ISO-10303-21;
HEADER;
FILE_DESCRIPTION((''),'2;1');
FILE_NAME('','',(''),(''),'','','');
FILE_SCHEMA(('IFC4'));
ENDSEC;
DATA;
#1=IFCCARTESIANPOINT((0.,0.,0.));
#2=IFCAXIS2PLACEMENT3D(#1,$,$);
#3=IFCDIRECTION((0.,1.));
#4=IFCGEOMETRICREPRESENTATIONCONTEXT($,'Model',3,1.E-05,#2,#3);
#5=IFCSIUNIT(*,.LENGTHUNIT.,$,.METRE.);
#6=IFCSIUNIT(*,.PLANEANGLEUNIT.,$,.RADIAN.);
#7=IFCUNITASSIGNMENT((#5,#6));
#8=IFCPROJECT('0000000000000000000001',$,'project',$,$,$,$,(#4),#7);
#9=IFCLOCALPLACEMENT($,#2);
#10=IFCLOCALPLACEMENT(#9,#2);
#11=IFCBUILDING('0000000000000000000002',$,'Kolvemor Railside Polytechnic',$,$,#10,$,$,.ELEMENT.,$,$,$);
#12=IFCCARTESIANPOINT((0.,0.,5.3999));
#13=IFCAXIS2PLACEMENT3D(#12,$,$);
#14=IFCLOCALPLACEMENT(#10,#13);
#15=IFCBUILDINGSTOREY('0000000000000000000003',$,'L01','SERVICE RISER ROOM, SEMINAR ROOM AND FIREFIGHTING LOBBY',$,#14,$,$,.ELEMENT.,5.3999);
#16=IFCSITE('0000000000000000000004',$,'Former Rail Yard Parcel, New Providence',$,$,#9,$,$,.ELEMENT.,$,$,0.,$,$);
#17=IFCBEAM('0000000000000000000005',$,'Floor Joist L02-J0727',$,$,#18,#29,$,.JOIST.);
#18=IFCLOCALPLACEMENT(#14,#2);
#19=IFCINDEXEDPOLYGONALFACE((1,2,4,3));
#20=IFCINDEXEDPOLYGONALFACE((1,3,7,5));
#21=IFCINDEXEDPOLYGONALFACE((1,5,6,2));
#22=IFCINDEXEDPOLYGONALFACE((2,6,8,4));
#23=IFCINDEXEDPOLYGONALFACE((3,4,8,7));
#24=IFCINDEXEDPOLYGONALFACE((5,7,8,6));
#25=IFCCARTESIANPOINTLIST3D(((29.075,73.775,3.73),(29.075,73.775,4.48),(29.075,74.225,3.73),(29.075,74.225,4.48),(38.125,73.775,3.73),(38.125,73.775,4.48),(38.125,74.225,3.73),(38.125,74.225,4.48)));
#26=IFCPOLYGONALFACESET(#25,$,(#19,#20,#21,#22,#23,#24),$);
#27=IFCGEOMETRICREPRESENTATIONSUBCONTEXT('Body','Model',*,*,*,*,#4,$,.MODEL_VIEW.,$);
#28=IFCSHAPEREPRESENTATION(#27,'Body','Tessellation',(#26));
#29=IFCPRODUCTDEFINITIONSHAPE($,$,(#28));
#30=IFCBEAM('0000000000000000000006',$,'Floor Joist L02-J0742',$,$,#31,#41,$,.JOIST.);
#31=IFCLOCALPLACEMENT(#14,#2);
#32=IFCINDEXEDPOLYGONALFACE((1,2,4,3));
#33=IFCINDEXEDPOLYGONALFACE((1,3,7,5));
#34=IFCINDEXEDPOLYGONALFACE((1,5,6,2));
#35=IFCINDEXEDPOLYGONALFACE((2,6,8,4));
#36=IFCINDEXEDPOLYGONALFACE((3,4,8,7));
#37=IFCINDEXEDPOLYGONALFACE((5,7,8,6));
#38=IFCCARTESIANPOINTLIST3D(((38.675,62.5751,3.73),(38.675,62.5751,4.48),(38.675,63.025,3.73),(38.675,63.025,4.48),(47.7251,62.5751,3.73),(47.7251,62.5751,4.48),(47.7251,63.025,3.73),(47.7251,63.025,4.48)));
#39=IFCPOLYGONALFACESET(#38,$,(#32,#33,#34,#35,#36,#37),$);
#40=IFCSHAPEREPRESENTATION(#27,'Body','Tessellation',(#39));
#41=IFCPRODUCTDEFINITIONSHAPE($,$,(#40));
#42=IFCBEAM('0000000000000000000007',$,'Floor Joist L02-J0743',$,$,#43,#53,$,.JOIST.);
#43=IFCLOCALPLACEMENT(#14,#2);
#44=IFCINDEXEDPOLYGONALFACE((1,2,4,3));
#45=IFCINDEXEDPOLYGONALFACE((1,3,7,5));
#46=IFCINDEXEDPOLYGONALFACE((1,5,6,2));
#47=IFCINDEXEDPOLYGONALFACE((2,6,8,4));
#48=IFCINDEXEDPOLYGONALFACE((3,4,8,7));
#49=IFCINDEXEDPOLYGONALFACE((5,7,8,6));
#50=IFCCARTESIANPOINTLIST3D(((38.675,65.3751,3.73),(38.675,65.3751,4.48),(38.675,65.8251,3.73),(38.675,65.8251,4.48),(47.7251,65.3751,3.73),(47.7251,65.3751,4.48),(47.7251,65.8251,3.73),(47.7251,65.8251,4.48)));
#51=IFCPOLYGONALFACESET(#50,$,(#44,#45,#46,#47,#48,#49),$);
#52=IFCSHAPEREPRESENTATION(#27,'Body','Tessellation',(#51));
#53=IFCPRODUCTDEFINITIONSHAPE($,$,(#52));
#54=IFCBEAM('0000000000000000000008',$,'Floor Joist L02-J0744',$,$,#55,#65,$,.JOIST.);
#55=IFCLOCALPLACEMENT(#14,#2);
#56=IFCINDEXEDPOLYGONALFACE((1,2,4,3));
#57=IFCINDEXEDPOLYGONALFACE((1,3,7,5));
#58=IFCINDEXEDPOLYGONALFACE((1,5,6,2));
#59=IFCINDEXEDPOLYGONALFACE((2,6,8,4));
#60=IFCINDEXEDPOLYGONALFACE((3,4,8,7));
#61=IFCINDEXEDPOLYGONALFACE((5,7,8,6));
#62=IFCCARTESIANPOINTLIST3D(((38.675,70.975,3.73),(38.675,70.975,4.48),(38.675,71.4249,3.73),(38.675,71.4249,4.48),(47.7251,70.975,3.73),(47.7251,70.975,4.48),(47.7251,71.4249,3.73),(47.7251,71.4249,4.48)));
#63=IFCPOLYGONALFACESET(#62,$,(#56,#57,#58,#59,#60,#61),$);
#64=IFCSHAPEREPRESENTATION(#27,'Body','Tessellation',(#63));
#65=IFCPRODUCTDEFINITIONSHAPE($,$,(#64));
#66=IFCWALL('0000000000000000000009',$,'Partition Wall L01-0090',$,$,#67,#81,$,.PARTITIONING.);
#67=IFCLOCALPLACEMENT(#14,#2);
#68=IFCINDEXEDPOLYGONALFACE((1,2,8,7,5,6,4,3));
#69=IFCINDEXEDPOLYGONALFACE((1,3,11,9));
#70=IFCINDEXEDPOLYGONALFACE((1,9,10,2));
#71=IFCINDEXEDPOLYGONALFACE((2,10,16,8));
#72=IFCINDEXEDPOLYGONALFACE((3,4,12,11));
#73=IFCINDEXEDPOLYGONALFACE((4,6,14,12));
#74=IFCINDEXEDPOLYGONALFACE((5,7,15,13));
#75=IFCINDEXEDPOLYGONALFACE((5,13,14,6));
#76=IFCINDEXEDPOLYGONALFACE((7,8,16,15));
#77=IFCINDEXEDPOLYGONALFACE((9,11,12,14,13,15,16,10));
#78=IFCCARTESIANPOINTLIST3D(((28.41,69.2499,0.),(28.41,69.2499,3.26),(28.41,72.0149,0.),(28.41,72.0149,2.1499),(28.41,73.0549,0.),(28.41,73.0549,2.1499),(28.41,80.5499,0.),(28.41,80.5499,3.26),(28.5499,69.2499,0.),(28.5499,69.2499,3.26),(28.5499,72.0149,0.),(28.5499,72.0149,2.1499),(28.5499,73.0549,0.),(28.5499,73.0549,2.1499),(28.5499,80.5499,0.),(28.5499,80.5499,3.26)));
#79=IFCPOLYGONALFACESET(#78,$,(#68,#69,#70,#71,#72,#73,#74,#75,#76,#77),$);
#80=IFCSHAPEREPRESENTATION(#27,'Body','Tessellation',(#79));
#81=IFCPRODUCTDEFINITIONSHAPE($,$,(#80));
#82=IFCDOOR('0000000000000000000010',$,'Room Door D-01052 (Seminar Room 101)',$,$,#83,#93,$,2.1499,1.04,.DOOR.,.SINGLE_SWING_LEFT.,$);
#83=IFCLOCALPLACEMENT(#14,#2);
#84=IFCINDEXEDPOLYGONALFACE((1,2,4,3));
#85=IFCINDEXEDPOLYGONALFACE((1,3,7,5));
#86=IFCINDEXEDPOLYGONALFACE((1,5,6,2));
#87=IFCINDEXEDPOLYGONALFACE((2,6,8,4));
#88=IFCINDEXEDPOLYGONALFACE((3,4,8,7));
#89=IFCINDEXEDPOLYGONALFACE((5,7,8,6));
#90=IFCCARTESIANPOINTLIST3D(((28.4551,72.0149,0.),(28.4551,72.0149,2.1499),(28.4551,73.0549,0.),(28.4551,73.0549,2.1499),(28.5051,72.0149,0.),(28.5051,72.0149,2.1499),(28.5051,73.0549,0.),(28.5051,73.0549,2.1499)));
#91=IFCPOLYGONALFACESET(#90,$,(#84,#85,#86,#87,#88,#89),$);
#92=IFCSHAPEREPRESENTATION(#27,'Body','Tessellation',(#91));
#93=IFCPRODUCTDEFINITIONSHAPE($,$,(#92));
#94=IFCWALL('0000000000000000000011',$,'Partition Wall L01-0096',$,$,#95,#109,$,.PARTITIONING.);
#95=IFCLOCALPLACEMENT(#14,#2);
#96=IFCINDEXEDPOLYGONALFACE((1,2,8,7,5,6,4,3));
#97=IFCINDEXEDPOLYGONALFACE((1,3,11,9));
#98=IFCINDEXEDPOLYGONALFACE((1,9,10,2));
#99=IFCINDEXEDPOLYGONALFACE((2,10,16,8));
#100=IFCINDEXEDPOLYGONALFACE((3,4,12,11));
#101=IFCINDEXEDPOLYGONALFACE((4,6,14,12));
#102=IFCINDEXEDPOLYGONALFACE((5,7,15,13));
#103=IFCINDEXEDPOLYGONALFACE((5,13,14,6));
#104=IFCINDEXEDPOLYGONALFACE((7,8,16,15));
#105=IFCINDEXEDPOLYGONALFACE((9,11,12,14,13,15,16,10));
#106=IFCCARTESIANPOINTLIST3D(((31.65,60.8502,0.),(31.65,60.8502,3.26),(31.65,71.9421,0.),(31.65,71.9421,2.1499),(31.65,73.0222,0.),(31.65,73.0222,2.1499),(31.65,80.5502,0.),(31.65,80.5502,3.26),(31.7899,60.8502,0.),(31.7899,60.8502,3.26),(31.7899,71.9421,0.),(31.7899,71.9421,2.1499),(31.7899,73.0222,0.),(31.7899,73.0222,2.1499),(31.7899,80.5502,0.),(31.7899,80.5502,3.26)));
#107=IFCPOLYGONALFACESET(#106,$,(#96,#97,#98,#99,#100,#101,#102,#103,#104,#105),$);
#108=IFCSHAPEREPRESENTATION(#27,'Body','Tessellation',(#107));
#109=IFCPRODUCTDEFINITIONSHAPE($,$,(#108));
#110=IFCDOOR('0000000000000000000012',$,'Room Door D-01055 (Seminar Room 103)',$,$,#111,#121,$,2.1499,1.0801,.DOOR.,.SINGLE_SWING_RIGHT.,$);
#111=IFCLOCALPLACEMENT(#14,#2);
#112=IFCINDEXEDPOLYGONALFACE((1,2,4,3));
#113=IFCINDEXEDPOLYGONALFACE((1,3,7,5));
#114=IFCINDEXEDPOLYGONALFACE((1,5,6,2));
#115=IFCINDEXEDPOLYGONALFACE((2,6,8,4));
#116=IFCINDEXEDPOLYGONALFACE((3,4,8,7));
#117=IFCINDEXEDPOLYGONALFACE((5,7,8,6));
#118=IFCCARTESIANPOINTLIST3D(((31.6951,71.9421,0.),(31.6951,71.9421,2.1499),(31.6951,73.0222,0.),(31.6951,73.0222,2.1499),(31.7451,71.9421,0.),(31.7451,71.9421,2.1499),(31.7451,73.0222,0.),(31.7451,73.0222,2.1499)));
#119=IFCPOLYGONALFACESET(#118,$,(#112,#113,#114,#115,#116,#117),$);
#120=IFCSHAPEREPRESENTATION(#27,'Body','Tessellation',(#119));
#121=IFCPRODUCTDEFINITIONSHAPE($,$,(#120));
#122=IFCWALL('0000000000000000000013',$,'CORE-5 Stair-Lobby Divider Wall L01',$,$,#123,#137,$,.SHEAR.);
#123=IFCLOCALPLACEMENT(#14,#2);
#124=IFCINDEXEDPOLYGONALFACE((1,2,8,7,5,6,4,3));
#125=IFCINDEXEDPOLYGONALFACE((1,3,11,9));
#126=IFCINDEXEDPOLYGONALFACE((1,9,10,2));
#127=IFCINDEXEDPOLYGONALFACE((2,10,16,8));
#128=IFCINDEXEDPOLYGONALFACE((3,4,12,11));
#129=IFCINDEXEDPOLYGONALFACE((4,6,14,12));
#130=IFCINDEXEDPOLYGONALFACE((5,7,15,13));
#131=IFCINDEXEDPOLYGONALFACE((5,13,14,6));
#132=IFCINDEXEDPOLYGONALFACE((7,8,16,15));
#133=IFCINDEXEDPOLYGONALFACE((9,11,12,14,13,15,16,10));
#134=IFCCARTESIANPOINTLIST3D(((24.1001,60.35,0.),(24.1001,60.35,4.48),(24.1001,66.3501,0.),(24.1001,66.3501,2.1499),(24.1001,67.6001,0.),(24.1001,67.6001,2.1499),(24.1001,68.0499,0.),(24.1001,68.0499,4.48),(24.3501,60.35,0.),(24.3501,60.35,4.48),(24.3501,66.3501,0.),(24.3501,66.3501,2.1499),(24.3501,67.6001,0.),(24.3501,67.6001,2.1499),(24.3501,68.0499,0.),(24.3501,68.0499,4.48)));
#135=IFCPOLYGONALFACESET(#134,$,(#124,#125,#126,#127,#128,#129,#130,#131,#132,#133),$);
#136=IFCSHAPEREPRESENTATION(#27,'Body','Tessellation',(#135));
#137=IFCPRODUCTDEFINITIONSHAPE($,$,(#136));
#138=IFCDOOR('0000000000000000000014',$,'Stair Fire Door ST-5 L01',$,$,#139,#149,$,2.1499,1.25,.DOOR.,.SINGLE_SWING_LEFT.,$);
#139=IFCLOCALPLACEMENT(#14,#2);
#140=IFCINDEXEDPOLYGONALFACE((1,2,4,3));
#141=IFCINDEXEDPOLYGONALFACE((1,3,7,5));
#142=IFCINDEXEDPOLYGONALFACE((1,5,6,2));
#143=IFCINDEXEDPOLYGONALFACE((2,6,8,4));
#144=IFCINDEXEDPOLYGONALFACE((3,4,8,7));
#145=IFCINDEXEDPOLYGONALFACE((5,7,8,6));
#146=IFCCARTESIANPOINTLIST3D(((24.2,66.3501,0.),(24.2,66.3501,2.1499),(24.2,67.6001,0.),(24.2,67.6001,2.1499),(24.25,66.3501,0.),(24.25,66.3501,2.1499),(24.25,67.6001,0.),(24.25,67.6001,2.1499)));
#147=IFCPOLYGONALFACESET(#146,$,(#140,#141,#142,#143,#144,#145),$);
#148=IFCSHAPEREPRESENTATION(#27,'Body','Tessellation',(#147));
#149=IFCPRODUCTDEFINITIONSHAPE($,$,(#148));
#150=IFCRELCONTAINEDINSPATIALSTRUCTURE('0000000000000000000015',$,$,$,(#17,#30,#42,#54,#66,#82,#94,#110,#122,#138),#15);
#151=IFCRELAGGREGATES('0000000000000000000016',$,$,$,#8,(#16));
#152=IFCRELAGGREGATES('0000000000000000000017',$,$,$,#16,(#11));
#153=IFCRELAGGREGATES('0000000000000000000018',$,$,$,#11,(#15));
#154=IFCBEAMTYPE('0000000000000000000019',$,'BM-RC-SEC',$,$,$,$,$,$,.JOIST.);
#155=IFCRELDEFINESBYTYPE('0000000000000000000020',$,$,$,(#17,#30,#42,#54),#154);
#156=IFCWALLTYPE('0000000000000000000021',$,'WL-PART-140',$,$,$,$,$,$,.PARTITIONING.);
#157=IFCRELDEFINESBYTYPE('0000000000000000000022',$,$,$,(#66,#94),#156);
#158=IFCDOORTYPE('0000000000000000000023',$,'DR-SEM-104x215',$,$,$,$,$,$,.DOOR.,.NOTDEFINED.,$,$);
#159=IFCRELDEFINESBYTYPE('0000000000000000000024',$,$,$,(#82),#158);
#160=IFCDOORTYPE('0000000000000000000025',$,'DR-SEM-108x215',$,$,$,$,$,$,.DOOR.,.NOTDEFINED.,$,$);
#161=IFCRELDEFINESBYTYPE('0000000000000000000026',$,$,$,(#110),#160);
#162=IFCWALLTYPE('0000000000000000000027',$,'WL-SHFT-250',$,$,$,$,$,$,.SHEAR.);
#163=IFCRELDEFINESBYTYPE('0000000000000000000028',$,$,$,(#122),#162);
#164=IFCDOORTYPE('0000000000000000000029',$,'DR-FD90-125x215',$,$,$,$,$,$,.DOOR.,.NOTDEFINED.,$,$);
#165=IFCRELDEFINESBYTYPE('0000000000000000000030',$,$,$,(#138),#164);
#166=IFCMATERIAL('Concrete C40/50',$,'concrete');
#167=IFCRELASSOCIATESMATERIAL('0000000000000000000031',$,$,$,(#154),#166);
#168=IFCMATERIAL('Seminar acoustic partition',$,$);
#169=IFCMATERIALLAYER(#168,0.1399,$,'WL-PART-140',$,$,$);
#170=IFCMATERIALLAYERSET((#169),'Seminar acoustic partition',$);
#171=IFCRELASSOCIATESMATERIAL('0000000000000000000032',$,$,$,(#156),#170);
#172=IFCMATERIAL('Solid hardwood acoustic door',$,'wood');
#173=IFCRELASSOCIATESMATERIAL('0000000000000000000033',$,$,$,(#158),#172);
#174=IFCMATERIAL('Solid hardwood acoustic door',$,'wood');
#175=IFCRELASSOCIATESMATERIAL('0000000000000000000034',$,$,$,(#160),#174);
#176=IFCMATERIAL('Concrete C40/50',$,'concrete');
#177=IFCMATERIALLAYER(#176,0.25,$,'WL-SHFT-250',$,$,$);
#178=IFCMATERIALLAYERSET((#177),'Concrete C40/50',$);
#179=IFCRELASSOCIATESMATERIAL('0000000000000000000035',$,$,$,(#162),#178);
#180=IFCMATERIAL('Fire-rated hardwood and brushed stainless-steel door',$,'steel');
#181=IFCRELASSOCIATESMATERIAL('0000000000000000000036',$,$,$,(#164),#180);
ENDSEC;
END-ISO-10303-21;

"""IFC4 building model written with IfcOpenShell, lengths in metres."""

from ifc_helpers import new_model, si_unit, direction, frame, frame_2d, origin, origin_2d, place, context, subcontext, project, spatial, rectangle, extrude, material, layer, layer_set, material_profile, profile_set, type_object, element, fill, save


model = new_model("IFC4")

# Units and contexts
model_context = context("Model", 3, precision=1e-05, world=origin(), true_north=direction((0.0, 1.0)))
body_context = subcontext(model_context, "Body", "Model", "MODEL_VIEW")
ifc_project = project(units=[si_unit("LENGTHUNIT", "METRE"), si_unit("PLANEANGLEUNIT", "RADIAN")], contexts=[model_context])

# Site, building, storey
site_placement = place(None, origin())
site = spatial("IfcSite", under=ifc_project, at=site_placement, Name="Former Rail Yard Parcel, New Providence", CompositionType="ELEMENT", RefElevation=0.0)
building_placement = place(site_placement, origin())
building = spatial("IfcBuilding", under=site, at=building_placement, Name="Kolvemor Railside Polytechnic", CompositionType="ELEMENT")
storey_placement = place(building_placement, frame((0.0, 0.0, 5.3999)))
storey = spatial("IfcBuildingStorey", under=building, at=storey_placement, Name="L01", Description="SERVICE RISER ROOM, SEMINAR ROOM AND FIREFIGHTING LOBBY", CompositionType="ELEMENT", Elevation=5.3999)

# Beams
ifc_material_1 = material(Name="Concrete C40/50", Category="concrete")
ifc_material_profile_1 = material_profile(ifc_material_1, rectangle(XDim=0.45, YDim=0.75, at=origin_2d()), Name="RC450x750")
ifc_profile_set_1 = profile_set([ifc_material_profile_1], Name="Concrete C40/50")
beam_type_1 = type_object("IfcBeamType", Name="BM-RC-SEC", PredefinedType="JOIST", material=ifc_profile_set_1)
for number, where, z_axis, x_axis, name in (
    (1, (29.075, 74.0, 4.105), (1.0, 0.0, 0.0), (0.0, 1.0, 0.0), "Floor Joist L02-J0727"),
    (2, (38.675, 62.8, 4.105), (1.0, 0.0, 0.0), (0.0, 1.0, 0.0), "Floor Joist L02-J0742"),
    (3, (38.675, 65.6001, 4.105), (1.0, 0.0, 0.0), (0.0, 1.0, 0.0), "Floor Joist L02-J0743"),
    (4, (38.675, 71.2, 4.105), (1.0, 0.0, 0.0), (0.0, 1.0, 0.0), "Floor Joist L02-J0744"),
):
    element("IfcBeam", number, at=place(storey_placement, frame(where, z_axis=z_axis, x_axis=x_axis)), inside=storey, type_object=beam_type_1, Name=name, PredefinedType="JOIST", context=body_context, shape_type="SweptSolid", body=[
        extrude(rectangle(XDim=0.45, YDim=0.75, at=origin_2d()), origin(), (0.0, 0.0, 1.0), 9.05),
    ])

# Walls, openings, doors
ifc_material_2 = material(Name="Seminar acoustic partition")
ifc_layer_1 = layer(ifc_material_2, 0.1399, Name="WL-PART-140")
ifc_layer_set_1 = layer_set([ifc_layer_1], Name="Seminar acoustic partition")
wall_type_1 = type_object("IfcWallType", Name="WL-PART-140", PredefinedType="PARTITIONING", material=ifc_layer_set_1)
wall_1_placement = place(storey_placement, frame((28.48, 69.25, 0.0), z_axis=(0.0, 0.0, 1.0), x_axis=(0.0, 1.0, 0.0)))
wall_1 = element("IfcWall", 5, at=wall_1_placement, inside=storey, type_object=wall_type_1, Name="Partition Wall L01-0090", PredefinedType="PARTITIONING", context=body_context, shape_type="SweptSolid", body=[
    extrude(rectangle(XDim=11.3, YDim=0.1399, at=frame_2d((5.6499, 0.0))), origin(), (0.0, 0.0, 1.0), 3.26),
])
opening_1_placement = place(wall_1_placement, frame((2.7649, 0.0, 0.0)))
opening_1 = element("IfcOpeningElement", 6, at=opening_1_placement, cuts=wall_1, PredefinedType="OPENING", context=body_context, shape_type="SweptSolid", body=[
    extrude(rectangle(XDim=1.04, YDim=2.1499, at=frame_2d((0.52, 1.075))), frame((0.0, 0.0798, 0.0), z_axis=(0.0, -1.0, 0.0), x_axis=(1.0, 0.0, 0.0)), (0.0, 0.0, 1.0), 0.1599),
])
ifc_material_3 = material(Name="Solid hardwood acoustic door", Category="wood")
door_type_1 = type_object("IfcDoorType", Name="DR-SEM-104x215", OperationType="NOTDEFINED", PredefinedType="DOOR", material=ifc_material_3)
door_1_placement = place(opening_1_placement, origin())
door_1 = element("IfcDoor", 7, at=door_1_placement, inside=storey, type_object=door_type_1, Name="Room Door D-01052 (Seminar Room 101)", OperationType="SINGLE_SWING_LEFT", OverallHeight=2.1499, OverallWidth=1.04, PredefinedType="DOOR", context=body_context, shape_type="SweptSolid", body=[
    extrude(rectangle(XDim=1.04, YDim=2.1499, at=frame_2d((0.52, 1.075))), frame((0.0, 0.0249, 0.0), z_axis=(0.0, -1.0, 0.0), x_axis=(1.0, 0.0, 0.0)), (0.0, 0.0, 1.0), 0.05),
])
fill(opening_1, door_1)
wall_2_placement = place(storey_placement, frame((31.72, 60.8501, 0.0), z_axis=(0.0, 0.0, 1.0), x_axis=(0.0, 1.0, 0.0)))
wall_2 = element("IfcWall", 8, at=wall_2_placement, inside=storey, type_object=wall_type_1, Name="Partition Wall L01-0096", PredefinedType="PARTITIONING", context=body_context, shape_type="SweptSolid", body=[
    extrude(rectangle(XDim=19.7, YDim=0.1399, at=frame_2d((9.8501, 0.0))), origin(), (0.0, 0.0, 1.0), 3.26),
])
opening_2_placement = place(wall_2_placement, frame((11.092, 0.0, 0.0)))
opening_2 = element("IfcOpeningElement", 9, at=opening_2_placement, cuts=wall_2, PredefinedType="OPENING", context=body_context, shape_type="SweptSolid", body=[
    extrude(rectangle(XDim=1.0801, YDim=2.1499, at=frame_2d((0.54, 1.075))), frame((0.0, 0.0798, 0.0), z_axis=(0.0, -1.0, 0.0), x_axis=(1.0, 0.0, 0.0)), (0.0, 0.0, 1.0), 0.1599),
])
ifc_material_4 = material(Name="Solid hardwood acoustic door", Category="wood")
door_type_2 = type_object("IfcDoorType", Name="DR-SEM-108x215", OperationType="NOTDEFINED", PredefinedType="DOOR", material=ifc_material_4)
door_2_placement = place(opening_2_placement, origin())
door_2 = element("IfcDoor", 10, at=door_2_placement, inside=storey, type_object=door_type_2, Name="Room Door D-01055 (Seminar Room 103)", OperationType="SINGLE_SWING_RIGHT", OverallHeight=2.1499, OverallWidth=1.0801, PredefinedType="DOOR", context=body_context, shape_type="SweptSolid", body=[
    extrude(rectangle(XDim=1.0801, YDim=2.1499, at=frame_2d((0.54, 1.075))), frame((0.0, 0.0249, 0.0), z_axis=(0.0, -1.0, 0.0), x_axis=(1.0, 0.0, 0.0)), (0.0, 0.0, 1.0), 0.05),
])
fill(opening_2, door_2)
ifc_material_5 = material(Name="Concrete C40/50", Category="concrete")
ifc_layer_2 = layer(ifc_material_5, 0.25, Name="WL-SHFT-250")
ifc_layer_set_2 = layer_set([ifc_layer_2], Name="Concrete C40/50")
wall_type_2 = type_object("IfcWallType", Name="WL-SHFT-250", PredefinedType="SHEAR", material=ifc_layer_set_2)
wall_3_placement = place(storey_placement, frame((24.2251, 68.05, 0.0), z_axis=(0.0, 0.0, 1.0), x_axis=(0.0, -1.0, 0.0)))
wall_3 = element("IfcWall", 11, at=wall_3_placement, inside=storey, type_object=wall_type_2, Name="CORE-5 Stair-Lobby Divider Wall L01", PredefinedType="SHEAR", context=body_context, shape_type="SweptSolid", body=[
    extrude(rectangle(XDim=7.7, YDim=0.25, at=frame_2d((3.8501, 0.0))), origin(), (0.0, 0.0, 1.0), 4.48),
])
opening_3_placement = place(wall_3_placement, frame((0.45, 0.0, 0.0)))
opening_3 = element("IfcOpeningElement", 12, at=opening_3_placement, cuts=wall_3, PredefinedType="OPENING", context=body_context, shape_type="SweptSolid", body=[
    extrude(rectangle(XDim=1.25, YDim=2.1499, at=frame_2d((0.625, 1.075))), frame((0.0, 0.135, 0.0), z_axis=(0.0, -1.0, 0.0), x_axis=(1.0, 0.0, 0.0)), (0.0, 0.0, 1.0), 0.27),
])
ifc_material_6 = material(Name="Fire-rated hardwood and brushed stainless-steel door", Category="steel")
door_type_3 = type_object("IfcDoorType", Name="DR-FD90-125x215", OperationType="NOTDEFINED", PredefinedType="DOOR", material=ifc_material_6)
door_3_placement = place(opening_3_placement, origin())
door_3 = element("IfcDoor", 13, at=door_3_placement, inside=storey, type_object=door_type_3, Name="Stair Fire Door ST-5 L01", OperationType="SINGLE_SWING_LEFT", OverallHeight=2.1499, OverallWidth=1.25, PredefinedType="DOOR", context=body_context, shape_type="SweptSolid", body=[
    extrude(rectangle(XDim=1.25, YDim=2.1499, at=frame_2d((0.625, 1.075))), frame((0.0, 0.0249, 0.0), z_axis=(0.0, -1.0, 0.0), x_axis=(1.0, 0.0, 0.0)), (0.0, 0.0, 1.0), 0.05),
])
fill(opening_3, door_3)

save(model, "model.ifc")
